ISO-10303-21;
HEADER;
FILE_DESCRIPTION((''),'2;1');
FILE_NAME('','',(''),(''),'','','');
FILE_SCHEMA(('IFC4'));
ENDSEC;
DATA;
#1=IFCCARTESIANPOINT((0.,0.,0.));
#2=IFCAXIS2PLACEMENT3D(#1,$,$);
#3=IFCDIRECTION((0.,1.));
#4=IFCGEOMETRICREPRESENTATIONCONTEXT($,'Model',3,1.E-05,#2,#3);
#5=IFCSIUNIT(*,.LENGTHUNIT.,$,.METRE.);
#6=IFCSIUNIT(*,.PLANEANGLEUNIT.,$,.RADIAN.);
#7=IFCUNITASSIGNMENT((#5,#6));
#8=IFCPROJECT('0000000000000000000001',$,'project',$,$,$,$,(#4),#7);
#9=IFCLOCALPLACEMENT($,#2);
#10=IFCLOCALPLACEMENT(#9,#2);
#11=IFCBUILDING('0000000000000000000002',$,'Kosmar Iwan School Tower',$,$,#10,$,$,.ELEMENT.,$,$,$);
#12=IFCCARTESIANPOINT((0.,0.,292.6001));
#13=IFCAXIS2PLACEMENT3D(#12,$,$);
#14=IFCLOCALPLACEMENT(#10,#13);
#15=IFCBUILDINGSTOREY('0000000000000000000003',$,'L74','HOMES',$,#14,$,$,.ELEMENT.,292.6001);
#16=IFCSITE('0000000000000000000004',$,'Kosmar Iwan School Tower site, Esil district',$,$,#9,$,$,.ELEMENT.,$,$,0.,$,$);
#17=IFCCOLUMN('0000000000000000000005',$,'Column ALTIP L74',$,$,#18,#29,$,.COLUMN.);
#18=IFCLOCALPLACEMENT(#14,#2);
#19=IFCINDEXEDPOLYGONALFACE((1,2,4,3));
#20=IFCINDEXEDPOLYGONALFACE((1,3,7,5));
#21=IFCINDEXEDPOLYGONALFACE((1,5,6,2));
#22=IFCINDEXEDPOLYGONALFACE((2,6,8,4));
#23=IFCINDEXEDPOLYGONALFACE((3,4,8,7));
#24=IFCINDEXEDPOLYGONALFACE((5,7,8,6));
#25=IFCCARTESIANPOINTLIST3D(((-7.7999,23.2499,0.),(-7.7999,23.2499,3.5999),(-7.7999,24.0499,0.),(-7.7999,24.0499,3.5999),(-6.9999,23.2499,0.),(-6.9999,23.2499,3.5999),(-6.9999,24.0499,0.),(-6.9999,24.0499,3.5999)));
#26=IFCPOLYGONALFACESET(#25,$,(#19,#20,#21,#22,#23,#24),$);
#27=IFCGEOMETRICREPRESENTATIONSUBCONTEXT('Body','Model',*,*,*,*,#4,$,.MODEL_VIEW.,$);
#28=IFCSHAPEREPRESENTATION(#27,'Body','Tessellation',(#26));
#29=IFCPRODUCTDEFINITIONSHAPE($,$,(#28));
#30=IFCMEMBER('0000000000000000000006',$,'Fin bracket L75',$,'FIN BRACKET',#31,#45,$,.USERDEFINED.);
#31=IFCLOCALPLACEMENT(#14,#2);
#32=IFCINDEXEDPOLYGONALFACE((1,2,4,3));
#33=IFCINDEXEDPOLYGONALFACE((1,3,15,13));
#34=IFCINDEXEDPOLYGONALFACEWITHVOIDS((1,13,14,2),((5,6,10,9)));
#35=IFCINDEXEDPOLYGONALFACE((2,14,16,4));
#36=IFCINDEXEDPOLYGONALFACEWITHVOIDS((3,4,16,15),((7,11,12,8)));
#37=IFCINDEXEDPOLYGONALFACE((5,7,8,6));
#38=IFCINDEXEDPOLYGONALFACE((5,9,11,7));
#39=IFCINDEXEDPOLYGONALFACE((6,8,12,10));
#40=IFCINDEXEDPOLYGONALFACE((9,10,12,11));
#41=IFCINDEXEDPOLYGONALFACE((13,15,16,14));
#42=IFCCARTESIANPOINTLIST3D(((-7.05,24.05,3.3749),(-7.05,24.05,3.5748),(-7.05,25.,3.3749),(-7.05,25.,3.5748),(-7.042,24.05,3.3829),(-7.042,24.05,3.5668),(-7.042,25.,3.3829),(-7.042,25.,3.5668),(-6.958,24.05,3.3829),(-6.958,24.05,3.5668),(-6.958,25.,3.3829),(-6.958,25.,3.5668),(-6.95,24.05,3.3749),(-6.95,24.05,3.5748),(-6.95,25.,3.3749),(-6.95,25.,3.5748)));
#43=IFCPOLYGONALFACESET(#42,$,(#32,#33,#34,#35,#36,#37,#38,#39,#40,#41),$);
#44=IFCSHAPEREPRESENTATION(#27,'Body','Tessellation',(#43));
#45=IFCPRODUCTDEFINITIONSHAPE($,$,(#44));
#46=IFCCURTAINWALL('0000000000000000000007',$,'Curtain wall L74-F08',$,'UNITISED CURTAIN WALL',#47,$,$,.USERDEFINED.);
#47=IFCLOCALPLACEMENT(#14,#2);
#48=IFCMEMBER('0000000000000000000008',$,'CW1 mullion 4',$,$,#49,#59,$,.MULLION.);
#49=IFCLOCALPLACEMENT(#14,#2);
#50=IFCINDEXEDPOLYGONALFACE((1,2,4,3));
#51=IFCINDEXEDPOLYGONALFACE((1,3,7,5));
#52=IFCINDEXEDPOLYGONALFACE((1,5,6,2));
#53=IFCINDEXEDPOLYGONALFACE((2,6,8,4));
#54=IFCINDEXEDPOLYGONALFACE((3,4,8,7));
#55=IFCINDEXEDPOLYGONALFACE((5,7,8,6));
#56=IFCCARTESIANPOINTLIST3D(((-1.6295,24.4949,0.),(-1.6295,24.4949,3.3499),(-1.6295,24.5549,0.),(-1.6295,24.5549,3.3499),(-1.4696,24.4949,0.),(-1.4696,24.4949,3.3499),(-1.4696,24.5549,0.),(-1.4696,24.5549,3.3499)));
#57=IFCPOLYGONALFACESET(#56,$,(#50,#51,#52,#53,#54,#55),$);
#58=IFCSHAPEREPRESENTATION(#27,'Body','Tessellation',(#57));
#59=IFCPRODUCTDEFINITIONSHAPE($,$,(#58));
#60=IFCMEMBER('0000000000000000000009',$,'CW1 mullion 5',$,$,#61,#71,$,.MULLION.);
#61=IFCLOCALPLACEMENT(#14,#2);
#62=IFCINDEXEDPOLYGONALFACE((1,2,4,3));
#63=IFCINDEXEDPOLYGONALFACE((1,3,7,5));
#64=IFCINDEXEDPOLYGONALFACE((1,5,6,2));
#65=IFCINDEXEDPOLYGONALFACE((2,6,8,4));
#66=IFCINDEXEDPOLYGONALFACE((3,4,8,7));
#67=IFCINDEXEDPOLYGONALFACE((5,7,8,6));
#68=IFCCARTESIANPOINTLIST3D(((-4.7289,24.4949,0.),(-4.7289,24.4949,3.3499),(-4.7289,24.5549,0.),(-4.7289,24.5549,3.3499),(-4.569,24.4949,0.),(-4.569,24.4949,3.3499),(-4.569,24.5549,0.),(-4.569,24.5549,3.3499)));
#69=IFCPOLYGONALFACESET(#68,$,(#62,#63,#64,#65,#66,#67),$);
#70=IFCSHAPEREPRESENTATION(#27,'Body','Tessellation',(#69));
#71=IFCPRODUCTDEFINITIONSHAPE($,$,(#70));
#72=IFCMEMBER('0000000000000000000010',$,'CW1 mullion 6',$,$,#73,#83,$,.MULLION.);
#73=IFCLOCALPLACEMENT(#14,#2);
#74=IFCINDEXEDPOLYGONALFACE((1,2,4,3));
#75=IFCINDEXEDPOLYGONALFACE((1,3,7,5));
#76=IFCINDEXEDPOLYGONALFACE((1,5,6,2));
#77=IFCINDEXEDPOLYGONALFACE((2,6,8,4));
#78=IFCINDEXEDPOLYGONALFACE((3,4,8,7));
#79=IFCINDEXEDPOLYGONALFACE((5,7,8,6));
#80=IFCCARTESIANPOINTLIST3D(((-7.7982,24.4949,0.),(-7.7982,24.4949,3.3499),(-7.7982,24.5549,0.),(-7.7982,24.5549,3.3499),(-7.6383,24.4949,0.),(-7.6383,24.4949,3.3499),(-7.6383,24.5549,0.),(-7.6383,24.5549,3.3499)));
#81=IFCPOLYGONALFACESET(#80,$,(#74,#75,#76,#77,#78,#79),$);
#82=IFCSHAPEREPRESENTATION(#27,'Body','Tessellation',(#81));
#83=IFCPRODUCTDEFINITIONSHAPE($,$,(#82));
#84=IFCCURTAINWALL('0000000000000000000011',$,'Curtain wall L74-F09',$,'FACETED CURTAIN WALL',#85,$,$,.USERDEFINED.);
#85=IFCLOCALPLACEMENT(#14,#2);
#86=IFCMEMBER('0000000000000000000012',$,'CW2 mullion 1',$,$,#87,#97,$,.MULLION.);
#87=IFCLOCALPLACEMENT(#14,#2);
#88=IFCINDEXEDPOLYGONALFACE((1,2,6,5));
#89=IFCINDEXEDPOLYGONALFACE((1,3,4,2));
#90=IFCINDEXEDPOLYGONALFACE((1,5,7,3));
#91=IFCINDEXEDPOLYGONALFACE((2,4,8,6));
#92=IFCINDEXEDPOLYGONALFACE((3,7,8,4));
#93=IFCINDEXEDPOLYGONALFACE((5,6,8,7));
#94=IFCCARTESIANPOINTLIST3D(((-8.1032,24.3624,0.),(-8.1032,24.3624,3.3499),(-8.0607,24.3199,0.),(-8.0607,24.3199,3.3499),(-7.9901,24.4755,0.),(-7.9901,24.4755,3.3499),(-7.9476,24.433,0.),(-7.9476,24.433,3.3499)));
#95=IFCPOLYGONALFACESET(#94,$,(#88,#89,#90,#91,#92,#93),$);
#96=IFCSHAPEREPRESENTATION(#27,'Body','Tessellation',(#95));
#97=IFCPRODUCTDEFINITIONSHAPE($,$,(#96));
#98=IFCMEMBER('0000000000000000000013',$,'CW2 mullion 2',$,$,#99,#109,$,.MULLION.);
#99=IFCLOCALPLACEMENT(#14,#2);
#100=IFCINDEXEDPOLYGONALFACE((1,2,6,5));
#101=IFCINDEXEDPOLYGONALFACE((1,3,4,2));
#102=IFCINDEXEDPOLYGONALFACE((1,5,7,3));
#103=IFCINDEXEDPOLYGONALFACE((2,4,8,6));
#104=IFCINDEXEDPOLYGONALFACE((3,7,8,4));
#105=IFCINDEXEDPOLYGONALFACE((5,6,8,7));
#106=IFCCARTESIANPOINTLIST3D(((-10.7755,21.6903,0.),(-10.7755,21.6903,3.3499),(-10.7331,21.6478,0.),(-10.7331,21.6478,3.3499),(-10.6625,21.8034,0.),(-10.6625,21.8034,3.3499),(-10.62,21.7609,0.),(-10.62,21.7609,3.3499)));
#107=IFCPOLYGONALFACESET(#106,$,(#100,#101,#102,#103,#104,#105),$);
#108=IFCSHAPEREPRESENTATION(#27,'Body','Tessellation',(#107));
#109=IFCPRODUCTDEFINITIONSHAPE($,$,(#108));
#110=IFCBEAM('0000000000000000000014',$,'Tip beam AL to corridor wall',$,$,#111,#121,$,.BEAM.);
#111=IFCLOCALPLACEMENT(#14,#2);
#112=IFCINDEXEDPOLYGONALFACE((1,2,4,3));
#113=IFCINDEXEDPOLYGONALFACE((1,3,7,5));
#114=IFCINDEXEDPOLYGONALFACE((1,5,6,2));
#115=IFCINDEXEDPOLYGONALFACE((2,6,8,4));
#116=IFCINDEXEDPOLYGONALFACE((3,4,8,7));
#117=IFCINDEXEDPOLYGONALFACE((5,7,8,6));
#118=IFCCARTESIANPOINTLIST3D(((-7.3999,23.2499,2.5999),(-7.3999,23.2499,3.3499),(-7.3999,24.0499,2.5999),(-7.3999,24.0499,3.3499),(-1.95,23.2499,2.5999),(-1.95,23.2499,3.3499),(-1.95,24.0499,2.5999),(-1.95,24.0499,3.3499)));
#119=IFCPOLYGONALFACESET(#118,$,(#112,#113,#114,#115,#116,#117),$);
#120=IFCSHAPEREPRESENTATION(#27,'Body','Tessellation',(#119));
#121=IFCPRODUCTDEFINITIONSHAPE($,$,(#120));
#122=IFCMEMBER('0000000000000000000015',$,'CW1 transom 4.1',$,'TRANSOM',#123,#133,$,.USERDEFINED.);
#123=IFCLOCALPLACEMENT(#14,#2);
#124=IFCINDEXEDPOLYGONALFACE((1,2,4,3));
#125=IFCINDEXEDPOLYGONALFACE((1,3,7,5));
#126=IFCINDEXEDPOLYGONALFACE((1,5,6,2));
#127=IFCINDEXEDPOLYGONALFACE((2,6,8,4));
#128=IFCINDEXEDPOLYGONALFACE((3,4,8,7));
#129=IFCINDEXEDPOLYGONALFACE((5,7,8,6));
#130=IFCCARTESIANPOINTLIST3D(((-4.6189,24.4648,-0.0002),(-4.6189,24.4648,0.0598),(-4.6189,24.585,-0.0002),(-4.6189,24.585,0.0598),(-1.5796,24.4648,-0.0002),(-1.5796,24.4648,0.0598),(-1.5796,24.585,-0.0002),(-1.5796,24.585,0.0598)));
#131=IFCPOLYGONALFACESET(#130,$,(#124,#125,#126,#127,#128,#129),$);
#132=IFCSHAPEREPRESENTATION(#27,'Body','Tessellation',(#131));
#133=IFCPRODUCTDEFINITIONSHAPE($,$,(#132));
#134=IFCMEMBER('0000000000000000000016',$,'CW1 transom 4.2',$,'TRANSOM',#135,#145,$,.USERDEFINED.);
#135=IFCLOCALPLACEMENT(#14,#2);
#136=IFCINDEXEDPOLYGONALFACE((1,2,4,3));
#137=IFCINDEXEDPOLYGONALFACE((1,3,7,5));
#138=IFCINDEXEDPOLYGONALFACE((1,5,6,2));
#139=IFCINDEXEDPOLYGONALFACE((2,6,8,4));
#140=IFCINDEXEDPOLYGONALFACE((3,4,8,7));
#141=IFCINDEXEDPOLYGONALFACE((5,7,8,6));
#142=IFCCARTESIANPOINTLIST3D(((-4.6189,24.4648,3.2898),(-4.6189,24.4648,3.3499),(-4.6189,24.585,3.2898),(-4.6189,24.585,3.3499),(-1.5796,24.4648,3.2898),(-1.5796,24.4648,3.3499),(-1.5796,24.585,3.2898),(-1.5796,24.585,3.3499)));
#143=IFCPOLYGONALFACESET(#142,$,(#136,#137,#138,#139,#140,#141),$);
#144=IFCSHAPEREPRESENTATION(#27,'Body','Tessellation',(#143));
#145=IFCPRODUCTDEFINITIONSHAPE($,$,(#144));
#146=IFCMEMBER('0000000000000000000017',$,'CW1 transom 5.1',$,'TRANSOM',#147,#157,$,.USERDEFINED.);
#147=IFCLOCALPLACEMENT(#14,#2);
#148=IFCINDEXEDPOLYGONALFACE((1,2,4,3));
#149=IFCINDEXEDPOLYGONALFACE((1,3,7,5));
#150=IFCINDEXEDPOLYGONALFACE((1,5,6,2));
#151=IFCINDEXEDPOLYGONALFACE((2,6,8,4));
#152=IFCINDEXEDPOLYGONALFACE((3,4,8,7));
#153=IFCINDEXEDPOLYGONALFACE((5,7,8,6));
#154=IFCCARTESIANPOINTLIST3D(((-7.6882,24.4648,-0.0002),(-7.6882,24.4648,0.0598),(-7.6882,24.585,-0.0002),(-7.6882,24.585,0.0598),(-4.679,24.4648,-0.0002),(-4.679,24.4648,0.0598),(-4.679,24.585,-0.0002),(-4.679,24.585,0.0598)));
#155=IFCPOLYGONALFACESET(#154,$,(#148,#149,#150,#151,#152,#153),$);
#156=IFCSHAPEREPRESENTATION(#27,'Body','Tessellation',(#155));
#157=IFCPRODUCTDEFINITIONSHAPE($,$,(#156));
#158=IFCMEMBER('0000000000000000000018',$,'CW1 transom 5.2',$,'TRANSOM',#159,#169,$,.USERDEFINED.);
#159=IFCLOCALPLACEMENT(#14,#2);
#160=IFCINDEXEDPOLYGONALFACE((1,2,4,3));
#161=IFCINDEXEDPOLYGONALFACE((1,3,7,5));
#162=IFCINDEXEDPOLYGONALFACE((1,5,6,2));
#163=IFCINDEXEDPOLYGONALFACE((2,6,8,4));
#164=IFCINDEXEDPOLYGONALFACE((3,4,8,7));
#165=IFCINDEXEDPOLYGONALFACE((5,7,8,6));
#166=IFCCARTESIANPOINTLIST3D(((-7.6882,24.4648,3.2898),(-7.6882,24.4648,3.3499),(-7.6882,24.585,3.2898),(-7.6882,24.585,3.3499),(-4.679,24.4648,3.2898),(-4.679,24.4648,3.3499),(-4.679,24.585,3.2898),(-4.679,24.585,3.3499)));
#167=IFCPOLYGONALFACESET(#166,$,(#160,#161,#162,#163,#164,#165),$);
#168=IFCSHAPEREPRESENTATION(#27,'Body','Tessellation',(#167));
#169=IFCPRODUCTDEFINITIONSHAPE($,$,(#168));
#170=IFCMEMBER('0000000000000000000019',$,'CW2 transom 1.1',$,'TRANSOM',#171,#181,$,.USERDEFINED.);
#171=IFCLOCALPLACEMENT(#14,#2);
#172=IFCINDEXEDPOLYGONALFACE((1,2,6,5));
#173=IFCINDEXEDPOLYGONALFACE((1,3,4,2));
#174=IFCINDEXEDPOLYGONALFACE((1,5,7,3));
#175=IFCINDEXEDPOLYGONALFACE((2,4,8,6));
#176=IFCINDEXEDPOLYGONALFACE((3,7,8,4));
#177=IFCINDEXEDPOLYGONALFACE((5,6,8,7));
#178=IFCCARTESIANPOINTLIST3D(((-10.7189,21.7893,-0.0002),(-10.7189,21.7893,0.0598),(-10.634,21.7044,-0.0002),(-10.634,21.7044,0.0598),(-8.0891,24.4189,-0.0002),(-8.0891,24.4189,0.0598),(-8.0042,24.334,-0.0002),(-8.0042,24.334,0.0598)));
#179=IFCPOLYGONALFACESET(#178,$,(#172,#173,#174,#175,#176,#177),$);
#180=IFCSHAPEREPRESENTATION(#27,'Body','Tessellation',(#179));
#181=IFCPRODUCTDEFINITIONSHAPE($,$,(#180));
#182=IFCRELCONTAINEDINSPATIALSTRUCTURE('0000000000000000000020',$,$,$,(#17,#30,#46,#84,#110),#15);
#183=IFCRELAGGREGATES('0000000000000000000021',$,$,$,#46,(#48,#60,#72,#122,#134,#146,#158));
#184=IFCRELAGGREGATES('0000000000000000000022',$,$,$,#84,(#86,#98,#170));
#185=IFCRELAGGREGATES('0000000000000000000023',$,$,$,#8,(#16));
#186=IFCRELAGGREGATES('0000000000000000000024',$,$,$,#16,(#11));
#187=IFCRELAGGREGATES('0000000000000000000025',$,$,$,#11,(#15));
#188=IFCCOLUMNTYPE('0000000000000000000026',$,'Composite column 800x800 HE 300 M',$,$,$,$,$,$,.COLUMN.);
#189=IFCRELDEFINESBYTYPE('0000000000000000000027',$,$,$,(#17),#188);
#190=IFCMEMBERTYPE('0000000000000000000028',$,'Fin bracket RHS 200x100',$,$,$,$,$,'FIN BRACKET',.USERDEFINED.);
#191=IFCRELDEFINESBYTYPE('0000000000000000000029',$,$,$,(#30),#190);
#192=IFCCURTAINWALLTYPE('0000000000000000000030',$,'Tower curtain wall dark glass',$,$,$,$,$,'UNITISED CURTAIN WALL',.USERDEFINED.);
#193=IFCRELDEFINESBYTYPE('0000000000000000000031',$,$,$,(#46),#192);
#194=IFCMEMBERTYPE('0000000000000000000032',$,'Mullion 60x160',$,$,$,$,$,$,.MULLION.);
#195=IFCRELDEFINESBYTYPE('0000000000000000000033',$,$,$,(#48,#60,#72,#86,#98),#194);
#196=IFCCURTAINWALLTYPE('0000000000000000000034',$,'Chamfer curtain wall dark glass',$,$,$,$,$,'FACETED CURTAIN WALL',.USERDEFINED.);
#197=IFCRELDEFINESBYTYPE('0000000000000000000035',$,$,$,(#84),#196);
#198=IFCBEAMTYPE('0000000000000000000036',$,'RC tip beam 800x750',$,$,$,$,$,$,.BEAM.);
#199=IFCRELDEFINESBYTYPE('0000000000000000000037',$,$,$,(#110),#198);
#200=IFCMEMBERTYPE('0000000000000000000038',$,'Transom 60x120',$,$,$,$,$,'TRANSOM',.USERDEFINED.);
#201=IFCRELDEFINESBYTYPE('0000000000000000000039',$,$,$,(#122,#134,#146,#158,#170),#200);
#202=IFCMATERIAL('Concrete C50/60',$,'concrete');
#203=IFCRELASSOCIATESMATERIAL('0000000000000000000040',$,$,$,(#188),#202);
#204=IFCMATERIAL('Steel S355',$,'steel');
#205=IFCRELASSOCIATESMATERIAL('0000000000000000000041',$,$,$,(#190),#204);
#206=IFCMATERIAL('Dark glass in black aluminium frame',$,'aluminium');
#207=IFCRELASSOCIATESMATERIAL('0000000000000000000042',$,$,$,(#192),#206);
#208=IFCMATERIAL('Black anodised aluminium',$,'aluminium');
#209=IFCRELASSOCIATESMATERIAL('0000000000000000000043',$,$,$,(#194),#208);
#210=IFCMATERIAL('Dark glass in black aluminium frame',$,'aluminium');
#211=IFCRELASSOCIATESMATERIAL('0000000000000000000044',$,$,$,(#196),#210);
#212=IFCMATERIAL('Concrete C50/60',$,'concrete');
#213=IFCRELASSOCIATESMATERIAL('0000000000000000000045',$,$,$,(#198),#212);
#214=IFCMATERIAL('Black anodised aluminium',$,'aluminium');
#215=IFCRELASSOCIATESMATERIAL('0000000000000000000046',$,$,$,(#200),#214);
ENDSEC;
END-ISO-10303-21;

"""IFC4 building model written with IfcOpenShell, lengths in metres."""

from ifc_helpers import new_model, si_unit, direction, frame, origin, origin_2d, place, context, subcontext, project, spatial, rectangle, hollow_rectangle, extrude, material, material_profile, profile_set, type_object, element, aggregate, save


model = new_model("IFC4")

# Units and contexts
model_context = context("Model", 3, precision=1e-05, world=origin(), true_north=direction((0.0, 1.0)))
body_context = subcontext(model_context, "Body", "Model", "MODEL_VIEW")
ifc_project = project(units=[si_unit("LENGTHUNIT", "METRE"), si_unit("PLANEANGLEUNIT", "RADIAN")], contexts=[model_context])

# Site, building, storey
site_placement = place(None, origin())
site = spatial("IfcSite", under=ifc_project, at=site_placement, Name="Kosmar Iwan School Tower site, Esil district", CompositionType="ELEMENT", RefElevation=0.0)
building_placement = place(site_placement, origin())
building = spatial("IfcBuilding", under=site, at=building_placement, Name="Kosmar Iwan School Tower", CompositionType="ELEMENT")
storey_placement = place(building_placement, frame((0.0, 0.0, 292.6001)))
storey = spatial("IfcBuildingStorey", under=building, at=storey_placement, Name="L74", Description="HOMES", CompositionType="ELEMENT", Elevation=292.6001)

# Column
ifc_material_1 = material(Name="Concrete C50/60", Category="concrete")
ifc_material_profile_1 = material_profile(ifc_material_1, rectangle(XDim=0.8, YDim=0.8, at=origin_2d()), Name="RC 800x800 + HE 300 M")
ifc_profile_set_1 = profile_set([ifc_material_profile_1], Name="Concrete C50/60")
column_type = type_object("IfcColumnType", Name="Composite column 800x800 HE 300 M", PredefinedType="COLUMN", material=ifc_profile_set_1)
column_placement = place(storey_placement, frame((-7.3999, 23.6499, 0.0), z_axis=(0.0, 0.0, 1.0), x_axis=(0.0, 1.0, 0.0)))
element("IfcColumn", 1, at=column_placement, inside=storey, type_object=column_type, Name="Column ALTIP L74", PredefinedType="COLUMN", context=body_context, shape_type="SweptSolid", body=[
    extrude(rectangle(XDim=0.8, YDim=0.8, at=origin_2d()), origin(), (0.0, 0.0, 1.0), 3.5999),
])

# Member
ifc_material_2 = material(Name="Steel S355", Category="steel")
ifc_material_profile_2 = material_profile(ifc_material_2, hollow_rectangle(XDim=0.1001, YDim=0.2, WallThickness=0.0081, at=origin_2d()), Name="RHS 200x100x8")
ifc_profile_set_2 = profile_set([ifc_material_profile_2], Name="Steel S355")
member_type_1 = type_object("IfcMemberType", Name="Fin bracket RHS 200x100", ElementType="FIN BRACKET", PredefinedType="USERDEFINED", material=ifc_profile_set_2)
member_1_placement = place(storey_placement, frame((-7.0, 24.05, 3.4749), z_axis=(0.0, 1.0, 0.0), x_axis=(-1.0, 0.0, 0.0)))
element("IfcMember", 2, at=member_1_placement, inside=storey, type_object=member_type_1, Name="Fin bracket L75", ObjectType="FIN BRACKET", PredefinedType="USERDEFINED", context=body_context, shape_type="SweptSolid", body=[
    extrude(hollow_rectangle(XDim=0.1001, YDim=0.2, WallThickness=0.0081, at=origin_2d()), origin(), (0.0, 0.0, 1.0), 0.95),
])

# Curtain walls, members
ifc_material_3 = material(Name="Dark glass in black aluminium frame", Category="aluminium")
curtain_wall_type_1 = type_object("IfcCurtainWallType", Name="Tower curtain wall dark glass", ElementType="UNITISED CURTAIN WALL", PredefinedType="USERDEFINED", material=ifc_material_3)
curtain_wall_1_placement = place(storey_placement, origin())
curtain_wall_1 = element("IfcCurtainWall", 3, at=curtain_wall_1_placement, inside=storey, type_object=curtain_wall_type_1, Name="Curtain wall L74-F08", ObjectType="UNITISED CURTAIN WALL", PredefinedType="USERDEFINED")
ifc_material_4 = material(Name="Black anodised aluminium", Category="aluminium")
ifc_material_profile_3 = material_profile(ifc_material_4, rectangle(XDim=0.0601, YDim=0.1599, at=origin_2d()), Name="MULLION 60x160")
ifc_profile_set_3 = profile_set([ifc_material_profile_3], Name="Black anodised aluminium")
member_type_2 = type_object("IfcMemberType", Name="Mullion 60x160", PredefinedType="MULLION", material=ifc_profile_set_3)
member_2_placement = place(storey_placement, frame((-1.5496, 24.5249, 0.0), z_axis=(0.0, 0.0, 1.0), x_axis=(0.0, -1.0, 0.0)))
member_2 = element("IfcMember", 4, at=member_2_placement, type_object=member_type_2, Name="CW1 mullion 4", PredefinedType="MULLION", context=body_context, shape_type="SweptSolid", body=[
    extrude(rectangle(XDim=0.0601, YDim=0.1599, at=origin_2d()), origin(), (0.0, 0.0, 1.0), 3.3499),
])
member_3_placement = place(storey_placement, frame((-4.6489, 24.5249, 0.0), z_axis=(0.0, 0.0, 1.0), x_axis=(0.0, -1.0, 0.0)))
member_3 = element("IfcMember", 5, at=member_3_placement, type_object=member_type_2, Name="CW1 mullion 5", PredefinedType="MULLION", context=body_context, shape_type="SweptSolid", body=[
    extrude(rectangle(XDim=0.0601, YDim=0.1599, at=origin_2d()), origin(), (0.0, 0.0, 1.0), 3.3499),
])
member_4_placement = place(storey_placement, frame((-7.7183, 24.5249, 0.0), z_axis=(0.0, 0.0, 1.0), x_axis=(0.0, -1.0, 0.0)))
member_4 = element("IfcMember", 6, at=member_4_placement, type_object=member_type_2, Name="CW1 mullion 6", PredefinedType="MULLION", context=body_context, shape_type="SweptSolid", body=[
    extrude(rectangle(XDim=0.0601, YDim=0.1599, at=origin_2d()), origin(), (0.0, 0.0, 1.0), 3.3499),
])
ifc_material_5 = material(Name="Dark glass in black aluminium frame", Category="aluminium")
curtain_wall_type_2 = type_object("IfcCurtainWallType", Name="Chamfer curtain wall dark glass", ElementType="FACETED CURTAIN WALL", PredefinedType="USERDEFINED", material=ifc_material_5)
curtain_wall_2_placement = place(storey_placement, origin())
curtain_wall_2 = element("IfcCurtainWall", 7, at=curtain_wall_2_placement, inside=storey, type_object=curtain_wall_type_2, Name="Curtain wall L74-F09", ObjectType="FACETED CURTAIN WALL", PredefinedType="USERDEFINED")
member_5_placement = place(storey_placement, frame((-8.0254, 24.3977, 0.0), z_axis=(0.0, 0.0, 1.0), x_axis=(0.707107, -0.707107, 0.0)))
member_5 = element("IfcMember", 8, at=member_5_placement, type_object=member_type_2, Name="CW2 mullion 1", PredefinedType="MULLION", context=body_context, shape_type="SweptSolid", body=[
    extrude(rectangle(XDim=0.0601, YDim=0.1599, at=origin_2d()), origin(), (0.0, 0.0, 1.0), 3.3499),
])
member_6_placement = place(storey_placement, frame((-10.6978, 21.7256, 0.0), z_axis=(0.0, 0.0, 1.0), x_axis=(0.707107, -0.707107, 0.0)))
member_6 = element("IfcMember", 9, at=member_6_placement, type_object=member_type_2, Name="CW2 mullion 2", PredefinedType="MULLION", context=body_context, shape_type="SweptSolid", body=[
    extrude(rectangle(XDim=0.0601, YDim=0.1599, at=origin_2d()), origin(), (0.0, 0.0, 1.0), 3.3499),
])

# Beam
ifc_material_6 = material(Name="Concrete C50/60", Category="concrete")
ifc_material_profile_4 = material_profile(ifc_material_6, rectangle(XDim=0.8, YDim=0.75, at=origin_2d()), Name="RC 800x750")
ifc_profile_set_4 = profile_set([ifc_material_profile_4], Name="Concrete C50/60")
beam_type = type_object("IfcBeamType", Name="RC tip beam 800x750", PredefinedType="BEAM", material=ifc_profile_set_4)
beam_placement = place(storey_placement, frame((-7.3999, 23.6499, 2.9749), z_axis=(1.0, 0.0, 0.0), x_axis=(0.0, 1.0, 0.0)))
element("IfcBeam", 10, at=beam_placement, inside=storey, type_object=beam_type, Name="Tip beam AL to corridor wall", PredefinedType="BEAM", context=body_context, shape_type="SweptSolid", body=[
    extrude(rectangle(XDim=0.8, YDim=0.75, at=origin_2d()), origin(), (0.0, 0.0, 1.0), 5.45),
])

# Members
ifc_material_7 = material(Name="Black anodised aluminium", Category="aluminium")
ifc_material_profile_5 = material_profile(ifc_material_7, rectangle(XDim=0.1201, YDim=0.0601, at=origin_2d()), Name="TRANSOM 60x120")
ifc_profile_set_5 = profile_set([ifc_material_profile_5], Name="Black anodised aluminium")
member_type_3 = type_object("IfcMemberType", Name="Transom 60x120", ElementType="TRANSOM", PredefinedType="USERDEFINED", material=ifc_profile_set_5)
member_7_placement = place(storey_placement, frame((-1.5796, 24.5249, 0.0298), z_axis=(-1.0, 0.0, 0.0), x_axis=(0.0, -1.0, 0.0)))
member_7 = element("IfcMember", 11, at=member_7_placement, type_object=member_type_3, Name="CW1 transom 4.1", ObjectType="TRANSOM", PredefinedType="USERDEFINED", context=body_context, shape_type="SweptSolid", body=[
    extrude(rectangle(XDim=0.1201, YDim=0.0601, at=origin_2d()), origin(), (0.0, 0.0, 1.0), 3.0393),
])
member_8_placement = place(storey_placement, frame((-1.5796, 24.5249, 3.3198), z_axis=(-1.0, 0.0, 0.0), x_axis=(0.0, -1.0, 0.0)))
member_8 = element("IfcMember", 12, at=member_8_placement, type_object=member_type_3, Name="CW1 transom 4.2", ObjectType="TRANSOM", PredefinedType="USERDEFINED", context=body_context, shape_type="SweptSolid", body=[
    extrude(rectangle(XDim=0.1201, YDim=0.0601, at=origin_2d()), origin(), (0.0, 0.0, 1.0), 3.0393),
])
member_9_placement = place(storey_placement, frame((-4.679, 24.5249, 0.0298), z_axis=(-1.0, 0.0, 0.0), x_axis=(0.0, -1.0, 0.0)))
member_9 = element("IfcMember", 13, at=member_9_placement, type_object=member_type_3, Name="CW1 transom 5.1", ObjectType="TRANSOM", PredefinedType="USERDEFINED", context=body_context, shape_type="SweptSolid", body=[
    extrude(rectangle(XDim=0.1201, YDim=0.0601, at=origin_2d()), origin(), (0.0, 0.0, 1.0), 3.0093),
])
member_10_placement = place(storey_placement, frame((-4.679, 24.5249, 3.3198), z_axis=(-1.0, 0.0, 0.0), x_axis=(0.0, -1.0, 0.0)))
member_10 = element("IfcMember", 14, at=member_10_placement, type_object=member_type_3, Name="CW1 transom 5.2", ObjectType="TRANSOM", PredefinedType="USERDEFINED", context=body_context, shape_type="SweptSolid", body=[
    extrude(rectangle(XDim=0.1201, YDim=0.0601, at=origin_2d()), origin(), (0.0, 0.0, 1.0), 3.0093),
])
member_11_placement = place(storey_placement, frame((-8.0466, 24.3765, 0.0298), z_axis=(-0.70714, -0.707074, 0.0), x_axis=(0.707074, -0.70714, 0.0)))
member_11 = element("IfcMember", 15, at=member_11_placement, type_object=member_type_3, Name="CW2 transom 1.1", ObjectType="TRANSOM", PredefinedType="USERDEFINED", context=body_context, shape_type="SweptSolid", body=[
    extrude(rectangle(XDim=0.1201, YDim=0.0601, at=origin_2d()), origin(), (0.0, 0.0, 1.0), 3.719),
])

aggregate(curtain_wall_1, [member_2, member_3, member_4, member_7, member_8, member_9, member_10])
aggregate(curtain_wall_2, [member_5, member_6, member_11])

save(model, "model.ifc")
